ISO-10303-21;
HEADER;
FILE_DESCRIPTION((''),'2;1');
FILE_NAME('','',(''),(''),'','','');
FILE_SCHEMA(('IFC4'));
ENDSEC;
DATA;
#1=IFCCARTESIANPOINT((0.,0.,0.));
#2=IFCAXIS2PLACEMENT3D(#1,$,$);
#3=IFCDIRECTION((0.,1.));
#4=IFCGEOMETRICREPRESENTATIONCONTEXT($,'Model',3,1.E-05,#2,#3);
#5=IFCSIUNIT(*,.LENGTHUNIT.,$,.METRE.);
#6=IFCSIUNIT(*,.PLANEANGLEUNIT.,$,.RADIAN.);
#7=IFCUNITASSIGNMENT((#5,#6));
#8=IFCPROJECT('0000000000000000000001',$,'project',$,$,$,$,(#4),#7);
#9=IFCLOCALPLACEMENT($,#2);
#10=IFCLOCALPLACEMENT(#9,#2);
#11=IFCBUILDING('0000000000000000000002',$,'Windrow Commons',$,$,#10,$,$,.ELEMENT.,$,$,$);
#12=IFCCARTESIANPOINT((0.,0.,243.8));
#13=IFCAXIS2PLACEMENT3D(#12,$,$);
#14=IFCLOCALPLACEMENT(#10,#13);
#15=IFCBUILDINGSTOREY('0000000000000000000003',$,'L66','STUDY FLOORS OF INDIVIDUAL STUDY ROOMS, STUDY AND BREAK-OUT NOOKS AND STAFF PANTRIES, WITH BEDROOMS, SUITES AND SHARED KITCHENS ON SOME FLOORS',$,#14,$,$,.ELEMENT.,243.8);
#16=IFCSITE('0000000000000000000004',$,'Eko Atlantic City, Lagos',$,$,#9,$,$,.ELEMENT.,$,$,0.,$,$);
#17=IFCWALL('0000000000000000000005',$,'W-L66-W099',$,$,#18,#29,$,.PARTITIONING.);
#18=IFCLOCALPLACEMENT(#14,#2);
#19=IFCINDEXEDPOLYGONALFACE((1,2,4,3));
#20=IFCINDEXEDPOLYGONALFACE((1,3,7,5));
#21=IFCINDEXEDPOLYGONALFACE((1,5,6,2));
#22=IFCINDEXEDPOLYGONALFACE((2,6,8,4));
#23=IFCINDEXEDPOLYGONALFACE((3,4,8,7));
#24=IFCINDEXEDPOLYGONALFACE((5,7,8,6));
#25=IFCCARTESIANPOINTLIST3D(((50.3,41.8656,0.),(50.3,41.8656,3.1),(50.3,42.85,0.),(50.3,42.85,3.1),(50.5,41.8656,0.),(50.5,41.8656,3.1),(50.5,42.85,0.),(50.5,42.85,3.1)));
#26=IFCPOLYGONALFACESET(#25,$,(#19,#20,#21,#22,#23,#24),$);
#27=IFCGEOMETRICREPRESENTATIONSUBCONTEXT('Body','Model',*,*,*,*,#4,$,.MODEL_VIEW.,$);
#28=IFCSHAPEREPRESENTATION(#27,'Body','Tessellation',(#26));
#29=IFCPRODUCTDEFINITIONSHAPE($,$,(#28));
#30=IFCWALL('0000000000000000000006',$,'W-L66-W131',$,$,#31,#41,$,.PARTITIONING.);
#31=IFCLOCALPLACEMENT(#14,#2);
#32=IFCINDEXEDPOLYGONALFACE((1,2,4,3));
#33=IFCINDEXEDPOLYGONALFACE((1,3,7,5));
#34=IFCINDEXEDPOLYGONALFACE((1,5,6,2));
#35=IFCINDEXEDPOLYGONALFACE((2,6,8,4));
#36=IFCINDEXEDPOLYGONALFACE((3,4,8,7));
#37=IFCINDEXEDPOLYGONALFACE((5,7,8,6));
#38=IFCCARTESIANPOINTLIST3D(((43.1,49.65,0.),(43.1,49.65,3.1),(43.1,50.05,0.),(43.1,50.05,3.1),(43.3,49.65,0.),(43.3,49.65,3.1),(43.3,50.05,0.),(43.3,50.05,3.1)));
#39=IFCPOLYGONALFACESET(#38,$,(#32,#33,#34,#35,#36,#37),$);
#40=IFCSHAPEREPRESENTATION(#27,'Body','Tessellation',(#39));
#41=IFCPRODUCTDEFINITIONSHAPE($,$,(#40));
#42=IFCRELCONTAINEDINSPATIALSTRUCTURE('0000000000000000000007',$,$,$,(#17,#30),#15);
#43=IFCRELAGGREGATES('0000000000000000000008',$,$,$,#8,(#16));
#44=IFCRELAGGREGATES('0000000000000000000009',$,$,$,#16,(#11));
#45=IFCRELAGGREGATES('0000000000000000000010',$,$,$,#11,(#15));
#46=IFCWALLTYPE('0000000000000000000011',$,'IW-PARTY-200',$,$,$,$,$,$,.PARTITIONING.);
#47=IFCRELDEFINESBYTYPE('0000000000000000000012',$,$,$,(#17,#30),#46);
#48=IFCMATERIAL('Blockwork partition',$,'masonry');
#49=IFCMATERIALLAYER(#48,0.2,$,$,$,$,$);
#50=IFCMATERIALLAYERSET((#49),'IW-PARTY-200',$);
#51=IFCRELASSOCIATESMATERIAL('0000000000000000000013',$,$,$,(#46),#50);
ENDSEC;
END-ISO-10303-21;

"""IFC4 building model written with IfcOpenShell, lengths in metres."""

from ifc_helpers import new_model, si_unit, direction, frame, frame_2d, origin, place, context, subcontext, project, spatial, rectangle, extrude, material, layer, layer_set, type_object, element, save


model = new_model("IFC4")

# Units and contexts
model_context = context("Model", 3, precision=1e-05, world=origin(), true_north=direction((0.0, 1.0)))
body_context = subcontext(model_context, "Body", "Model", "MODEL_VIEW")
ifc_project = project(units=[si_unit("LENGTHUNIT", "METRE"), si_unit("PLANEANGLEUNIT", "RADIAN")], contexts=[model_context])

# Site, building, storey
site_placement = place(None, origin())
site = spatial("IfcSite", under=ifc_project, at=site_placement, Name="Eko Atlantic City, Lagos", CompositionType="ELEMENT", RefElevation=0.0)
building_placement = place(site_placement, origin())
building = spatial("IfcBuilding", under=site, at=building_placement, Name="Windrow Commons", CompositionType="ELEMENT")
storey_placement = place(building_placement, frame((0.0, 0.0, 243.8)))
storey = spatial("IfcBuildingStorey", under=building, at=storey_placement, Name="L66", Description="STUDY FLOORS OF INDIVIDUAL STUDY ROOMS, STUDY AND BREAK-OUT NOOKS AND STAFF PANTRIES, WITH BEDROOMS, SUITES AND SHARED KITCHENS ON SOME FLOORS", CompositionType="ELEMENT", Elevation=243.8)

# Walls
ifc_material_1 = material(Name="Blockwork partition", Category="masonry")
ifc_layer_1 = layer(ifc_material_1, 0.2)
ifc_layer_set_1 = layer_set([ifc_layer_1], Name="IW-PARTY-200")
wall_type_1 = type_object("IfcWallType", Name="IW-PARTY-200", PredefinedType="PARTITIONING", material=ifc_layer_set_1)
wall_1_placement = place(storey_placement, frame((50.4, 41.8655, 0.0), z_axis=(0.0, 0.0, 1.0), x_axis=(0.0, 1.0, 0.0)))
element("IfcWall", 1, at=wall_1_placement, inside=storey, type_object=wall_type_1, Name="W-L66-W099", PredefinedType="PARTITIONING", context=body_context, shape_type="SweptSolid", body=[
    extrude(rectangle(XDim=0.9845, YDim=0.2, at=frame_2d((0.4923, 0.0))), origin(), (0.0, 0.0, 1.0), 3.1),
])
wall_2_placement = place(storey_placement, frame((43.2, 49.65, 0.0), z_axis=(0.0, 0.0, 1.0), x_axis=(0.0, 1.0, 0.0)))
element("IfcWall", 2, at=wall_2_placement, inside=storey, type_object=wall_type_1, Name="W-L66-W131", PredefinedType="PARTITIONING", context=body_context, shape_type="SweptSolid", body=[
    extrude(rectangle(XDim=0.4, YDim=0.2, at=frame_2d((0.2, 0.0))), origin(), (0.0, 0.0, 1.0), 3.1),
])

save(model, "model.ifc")
